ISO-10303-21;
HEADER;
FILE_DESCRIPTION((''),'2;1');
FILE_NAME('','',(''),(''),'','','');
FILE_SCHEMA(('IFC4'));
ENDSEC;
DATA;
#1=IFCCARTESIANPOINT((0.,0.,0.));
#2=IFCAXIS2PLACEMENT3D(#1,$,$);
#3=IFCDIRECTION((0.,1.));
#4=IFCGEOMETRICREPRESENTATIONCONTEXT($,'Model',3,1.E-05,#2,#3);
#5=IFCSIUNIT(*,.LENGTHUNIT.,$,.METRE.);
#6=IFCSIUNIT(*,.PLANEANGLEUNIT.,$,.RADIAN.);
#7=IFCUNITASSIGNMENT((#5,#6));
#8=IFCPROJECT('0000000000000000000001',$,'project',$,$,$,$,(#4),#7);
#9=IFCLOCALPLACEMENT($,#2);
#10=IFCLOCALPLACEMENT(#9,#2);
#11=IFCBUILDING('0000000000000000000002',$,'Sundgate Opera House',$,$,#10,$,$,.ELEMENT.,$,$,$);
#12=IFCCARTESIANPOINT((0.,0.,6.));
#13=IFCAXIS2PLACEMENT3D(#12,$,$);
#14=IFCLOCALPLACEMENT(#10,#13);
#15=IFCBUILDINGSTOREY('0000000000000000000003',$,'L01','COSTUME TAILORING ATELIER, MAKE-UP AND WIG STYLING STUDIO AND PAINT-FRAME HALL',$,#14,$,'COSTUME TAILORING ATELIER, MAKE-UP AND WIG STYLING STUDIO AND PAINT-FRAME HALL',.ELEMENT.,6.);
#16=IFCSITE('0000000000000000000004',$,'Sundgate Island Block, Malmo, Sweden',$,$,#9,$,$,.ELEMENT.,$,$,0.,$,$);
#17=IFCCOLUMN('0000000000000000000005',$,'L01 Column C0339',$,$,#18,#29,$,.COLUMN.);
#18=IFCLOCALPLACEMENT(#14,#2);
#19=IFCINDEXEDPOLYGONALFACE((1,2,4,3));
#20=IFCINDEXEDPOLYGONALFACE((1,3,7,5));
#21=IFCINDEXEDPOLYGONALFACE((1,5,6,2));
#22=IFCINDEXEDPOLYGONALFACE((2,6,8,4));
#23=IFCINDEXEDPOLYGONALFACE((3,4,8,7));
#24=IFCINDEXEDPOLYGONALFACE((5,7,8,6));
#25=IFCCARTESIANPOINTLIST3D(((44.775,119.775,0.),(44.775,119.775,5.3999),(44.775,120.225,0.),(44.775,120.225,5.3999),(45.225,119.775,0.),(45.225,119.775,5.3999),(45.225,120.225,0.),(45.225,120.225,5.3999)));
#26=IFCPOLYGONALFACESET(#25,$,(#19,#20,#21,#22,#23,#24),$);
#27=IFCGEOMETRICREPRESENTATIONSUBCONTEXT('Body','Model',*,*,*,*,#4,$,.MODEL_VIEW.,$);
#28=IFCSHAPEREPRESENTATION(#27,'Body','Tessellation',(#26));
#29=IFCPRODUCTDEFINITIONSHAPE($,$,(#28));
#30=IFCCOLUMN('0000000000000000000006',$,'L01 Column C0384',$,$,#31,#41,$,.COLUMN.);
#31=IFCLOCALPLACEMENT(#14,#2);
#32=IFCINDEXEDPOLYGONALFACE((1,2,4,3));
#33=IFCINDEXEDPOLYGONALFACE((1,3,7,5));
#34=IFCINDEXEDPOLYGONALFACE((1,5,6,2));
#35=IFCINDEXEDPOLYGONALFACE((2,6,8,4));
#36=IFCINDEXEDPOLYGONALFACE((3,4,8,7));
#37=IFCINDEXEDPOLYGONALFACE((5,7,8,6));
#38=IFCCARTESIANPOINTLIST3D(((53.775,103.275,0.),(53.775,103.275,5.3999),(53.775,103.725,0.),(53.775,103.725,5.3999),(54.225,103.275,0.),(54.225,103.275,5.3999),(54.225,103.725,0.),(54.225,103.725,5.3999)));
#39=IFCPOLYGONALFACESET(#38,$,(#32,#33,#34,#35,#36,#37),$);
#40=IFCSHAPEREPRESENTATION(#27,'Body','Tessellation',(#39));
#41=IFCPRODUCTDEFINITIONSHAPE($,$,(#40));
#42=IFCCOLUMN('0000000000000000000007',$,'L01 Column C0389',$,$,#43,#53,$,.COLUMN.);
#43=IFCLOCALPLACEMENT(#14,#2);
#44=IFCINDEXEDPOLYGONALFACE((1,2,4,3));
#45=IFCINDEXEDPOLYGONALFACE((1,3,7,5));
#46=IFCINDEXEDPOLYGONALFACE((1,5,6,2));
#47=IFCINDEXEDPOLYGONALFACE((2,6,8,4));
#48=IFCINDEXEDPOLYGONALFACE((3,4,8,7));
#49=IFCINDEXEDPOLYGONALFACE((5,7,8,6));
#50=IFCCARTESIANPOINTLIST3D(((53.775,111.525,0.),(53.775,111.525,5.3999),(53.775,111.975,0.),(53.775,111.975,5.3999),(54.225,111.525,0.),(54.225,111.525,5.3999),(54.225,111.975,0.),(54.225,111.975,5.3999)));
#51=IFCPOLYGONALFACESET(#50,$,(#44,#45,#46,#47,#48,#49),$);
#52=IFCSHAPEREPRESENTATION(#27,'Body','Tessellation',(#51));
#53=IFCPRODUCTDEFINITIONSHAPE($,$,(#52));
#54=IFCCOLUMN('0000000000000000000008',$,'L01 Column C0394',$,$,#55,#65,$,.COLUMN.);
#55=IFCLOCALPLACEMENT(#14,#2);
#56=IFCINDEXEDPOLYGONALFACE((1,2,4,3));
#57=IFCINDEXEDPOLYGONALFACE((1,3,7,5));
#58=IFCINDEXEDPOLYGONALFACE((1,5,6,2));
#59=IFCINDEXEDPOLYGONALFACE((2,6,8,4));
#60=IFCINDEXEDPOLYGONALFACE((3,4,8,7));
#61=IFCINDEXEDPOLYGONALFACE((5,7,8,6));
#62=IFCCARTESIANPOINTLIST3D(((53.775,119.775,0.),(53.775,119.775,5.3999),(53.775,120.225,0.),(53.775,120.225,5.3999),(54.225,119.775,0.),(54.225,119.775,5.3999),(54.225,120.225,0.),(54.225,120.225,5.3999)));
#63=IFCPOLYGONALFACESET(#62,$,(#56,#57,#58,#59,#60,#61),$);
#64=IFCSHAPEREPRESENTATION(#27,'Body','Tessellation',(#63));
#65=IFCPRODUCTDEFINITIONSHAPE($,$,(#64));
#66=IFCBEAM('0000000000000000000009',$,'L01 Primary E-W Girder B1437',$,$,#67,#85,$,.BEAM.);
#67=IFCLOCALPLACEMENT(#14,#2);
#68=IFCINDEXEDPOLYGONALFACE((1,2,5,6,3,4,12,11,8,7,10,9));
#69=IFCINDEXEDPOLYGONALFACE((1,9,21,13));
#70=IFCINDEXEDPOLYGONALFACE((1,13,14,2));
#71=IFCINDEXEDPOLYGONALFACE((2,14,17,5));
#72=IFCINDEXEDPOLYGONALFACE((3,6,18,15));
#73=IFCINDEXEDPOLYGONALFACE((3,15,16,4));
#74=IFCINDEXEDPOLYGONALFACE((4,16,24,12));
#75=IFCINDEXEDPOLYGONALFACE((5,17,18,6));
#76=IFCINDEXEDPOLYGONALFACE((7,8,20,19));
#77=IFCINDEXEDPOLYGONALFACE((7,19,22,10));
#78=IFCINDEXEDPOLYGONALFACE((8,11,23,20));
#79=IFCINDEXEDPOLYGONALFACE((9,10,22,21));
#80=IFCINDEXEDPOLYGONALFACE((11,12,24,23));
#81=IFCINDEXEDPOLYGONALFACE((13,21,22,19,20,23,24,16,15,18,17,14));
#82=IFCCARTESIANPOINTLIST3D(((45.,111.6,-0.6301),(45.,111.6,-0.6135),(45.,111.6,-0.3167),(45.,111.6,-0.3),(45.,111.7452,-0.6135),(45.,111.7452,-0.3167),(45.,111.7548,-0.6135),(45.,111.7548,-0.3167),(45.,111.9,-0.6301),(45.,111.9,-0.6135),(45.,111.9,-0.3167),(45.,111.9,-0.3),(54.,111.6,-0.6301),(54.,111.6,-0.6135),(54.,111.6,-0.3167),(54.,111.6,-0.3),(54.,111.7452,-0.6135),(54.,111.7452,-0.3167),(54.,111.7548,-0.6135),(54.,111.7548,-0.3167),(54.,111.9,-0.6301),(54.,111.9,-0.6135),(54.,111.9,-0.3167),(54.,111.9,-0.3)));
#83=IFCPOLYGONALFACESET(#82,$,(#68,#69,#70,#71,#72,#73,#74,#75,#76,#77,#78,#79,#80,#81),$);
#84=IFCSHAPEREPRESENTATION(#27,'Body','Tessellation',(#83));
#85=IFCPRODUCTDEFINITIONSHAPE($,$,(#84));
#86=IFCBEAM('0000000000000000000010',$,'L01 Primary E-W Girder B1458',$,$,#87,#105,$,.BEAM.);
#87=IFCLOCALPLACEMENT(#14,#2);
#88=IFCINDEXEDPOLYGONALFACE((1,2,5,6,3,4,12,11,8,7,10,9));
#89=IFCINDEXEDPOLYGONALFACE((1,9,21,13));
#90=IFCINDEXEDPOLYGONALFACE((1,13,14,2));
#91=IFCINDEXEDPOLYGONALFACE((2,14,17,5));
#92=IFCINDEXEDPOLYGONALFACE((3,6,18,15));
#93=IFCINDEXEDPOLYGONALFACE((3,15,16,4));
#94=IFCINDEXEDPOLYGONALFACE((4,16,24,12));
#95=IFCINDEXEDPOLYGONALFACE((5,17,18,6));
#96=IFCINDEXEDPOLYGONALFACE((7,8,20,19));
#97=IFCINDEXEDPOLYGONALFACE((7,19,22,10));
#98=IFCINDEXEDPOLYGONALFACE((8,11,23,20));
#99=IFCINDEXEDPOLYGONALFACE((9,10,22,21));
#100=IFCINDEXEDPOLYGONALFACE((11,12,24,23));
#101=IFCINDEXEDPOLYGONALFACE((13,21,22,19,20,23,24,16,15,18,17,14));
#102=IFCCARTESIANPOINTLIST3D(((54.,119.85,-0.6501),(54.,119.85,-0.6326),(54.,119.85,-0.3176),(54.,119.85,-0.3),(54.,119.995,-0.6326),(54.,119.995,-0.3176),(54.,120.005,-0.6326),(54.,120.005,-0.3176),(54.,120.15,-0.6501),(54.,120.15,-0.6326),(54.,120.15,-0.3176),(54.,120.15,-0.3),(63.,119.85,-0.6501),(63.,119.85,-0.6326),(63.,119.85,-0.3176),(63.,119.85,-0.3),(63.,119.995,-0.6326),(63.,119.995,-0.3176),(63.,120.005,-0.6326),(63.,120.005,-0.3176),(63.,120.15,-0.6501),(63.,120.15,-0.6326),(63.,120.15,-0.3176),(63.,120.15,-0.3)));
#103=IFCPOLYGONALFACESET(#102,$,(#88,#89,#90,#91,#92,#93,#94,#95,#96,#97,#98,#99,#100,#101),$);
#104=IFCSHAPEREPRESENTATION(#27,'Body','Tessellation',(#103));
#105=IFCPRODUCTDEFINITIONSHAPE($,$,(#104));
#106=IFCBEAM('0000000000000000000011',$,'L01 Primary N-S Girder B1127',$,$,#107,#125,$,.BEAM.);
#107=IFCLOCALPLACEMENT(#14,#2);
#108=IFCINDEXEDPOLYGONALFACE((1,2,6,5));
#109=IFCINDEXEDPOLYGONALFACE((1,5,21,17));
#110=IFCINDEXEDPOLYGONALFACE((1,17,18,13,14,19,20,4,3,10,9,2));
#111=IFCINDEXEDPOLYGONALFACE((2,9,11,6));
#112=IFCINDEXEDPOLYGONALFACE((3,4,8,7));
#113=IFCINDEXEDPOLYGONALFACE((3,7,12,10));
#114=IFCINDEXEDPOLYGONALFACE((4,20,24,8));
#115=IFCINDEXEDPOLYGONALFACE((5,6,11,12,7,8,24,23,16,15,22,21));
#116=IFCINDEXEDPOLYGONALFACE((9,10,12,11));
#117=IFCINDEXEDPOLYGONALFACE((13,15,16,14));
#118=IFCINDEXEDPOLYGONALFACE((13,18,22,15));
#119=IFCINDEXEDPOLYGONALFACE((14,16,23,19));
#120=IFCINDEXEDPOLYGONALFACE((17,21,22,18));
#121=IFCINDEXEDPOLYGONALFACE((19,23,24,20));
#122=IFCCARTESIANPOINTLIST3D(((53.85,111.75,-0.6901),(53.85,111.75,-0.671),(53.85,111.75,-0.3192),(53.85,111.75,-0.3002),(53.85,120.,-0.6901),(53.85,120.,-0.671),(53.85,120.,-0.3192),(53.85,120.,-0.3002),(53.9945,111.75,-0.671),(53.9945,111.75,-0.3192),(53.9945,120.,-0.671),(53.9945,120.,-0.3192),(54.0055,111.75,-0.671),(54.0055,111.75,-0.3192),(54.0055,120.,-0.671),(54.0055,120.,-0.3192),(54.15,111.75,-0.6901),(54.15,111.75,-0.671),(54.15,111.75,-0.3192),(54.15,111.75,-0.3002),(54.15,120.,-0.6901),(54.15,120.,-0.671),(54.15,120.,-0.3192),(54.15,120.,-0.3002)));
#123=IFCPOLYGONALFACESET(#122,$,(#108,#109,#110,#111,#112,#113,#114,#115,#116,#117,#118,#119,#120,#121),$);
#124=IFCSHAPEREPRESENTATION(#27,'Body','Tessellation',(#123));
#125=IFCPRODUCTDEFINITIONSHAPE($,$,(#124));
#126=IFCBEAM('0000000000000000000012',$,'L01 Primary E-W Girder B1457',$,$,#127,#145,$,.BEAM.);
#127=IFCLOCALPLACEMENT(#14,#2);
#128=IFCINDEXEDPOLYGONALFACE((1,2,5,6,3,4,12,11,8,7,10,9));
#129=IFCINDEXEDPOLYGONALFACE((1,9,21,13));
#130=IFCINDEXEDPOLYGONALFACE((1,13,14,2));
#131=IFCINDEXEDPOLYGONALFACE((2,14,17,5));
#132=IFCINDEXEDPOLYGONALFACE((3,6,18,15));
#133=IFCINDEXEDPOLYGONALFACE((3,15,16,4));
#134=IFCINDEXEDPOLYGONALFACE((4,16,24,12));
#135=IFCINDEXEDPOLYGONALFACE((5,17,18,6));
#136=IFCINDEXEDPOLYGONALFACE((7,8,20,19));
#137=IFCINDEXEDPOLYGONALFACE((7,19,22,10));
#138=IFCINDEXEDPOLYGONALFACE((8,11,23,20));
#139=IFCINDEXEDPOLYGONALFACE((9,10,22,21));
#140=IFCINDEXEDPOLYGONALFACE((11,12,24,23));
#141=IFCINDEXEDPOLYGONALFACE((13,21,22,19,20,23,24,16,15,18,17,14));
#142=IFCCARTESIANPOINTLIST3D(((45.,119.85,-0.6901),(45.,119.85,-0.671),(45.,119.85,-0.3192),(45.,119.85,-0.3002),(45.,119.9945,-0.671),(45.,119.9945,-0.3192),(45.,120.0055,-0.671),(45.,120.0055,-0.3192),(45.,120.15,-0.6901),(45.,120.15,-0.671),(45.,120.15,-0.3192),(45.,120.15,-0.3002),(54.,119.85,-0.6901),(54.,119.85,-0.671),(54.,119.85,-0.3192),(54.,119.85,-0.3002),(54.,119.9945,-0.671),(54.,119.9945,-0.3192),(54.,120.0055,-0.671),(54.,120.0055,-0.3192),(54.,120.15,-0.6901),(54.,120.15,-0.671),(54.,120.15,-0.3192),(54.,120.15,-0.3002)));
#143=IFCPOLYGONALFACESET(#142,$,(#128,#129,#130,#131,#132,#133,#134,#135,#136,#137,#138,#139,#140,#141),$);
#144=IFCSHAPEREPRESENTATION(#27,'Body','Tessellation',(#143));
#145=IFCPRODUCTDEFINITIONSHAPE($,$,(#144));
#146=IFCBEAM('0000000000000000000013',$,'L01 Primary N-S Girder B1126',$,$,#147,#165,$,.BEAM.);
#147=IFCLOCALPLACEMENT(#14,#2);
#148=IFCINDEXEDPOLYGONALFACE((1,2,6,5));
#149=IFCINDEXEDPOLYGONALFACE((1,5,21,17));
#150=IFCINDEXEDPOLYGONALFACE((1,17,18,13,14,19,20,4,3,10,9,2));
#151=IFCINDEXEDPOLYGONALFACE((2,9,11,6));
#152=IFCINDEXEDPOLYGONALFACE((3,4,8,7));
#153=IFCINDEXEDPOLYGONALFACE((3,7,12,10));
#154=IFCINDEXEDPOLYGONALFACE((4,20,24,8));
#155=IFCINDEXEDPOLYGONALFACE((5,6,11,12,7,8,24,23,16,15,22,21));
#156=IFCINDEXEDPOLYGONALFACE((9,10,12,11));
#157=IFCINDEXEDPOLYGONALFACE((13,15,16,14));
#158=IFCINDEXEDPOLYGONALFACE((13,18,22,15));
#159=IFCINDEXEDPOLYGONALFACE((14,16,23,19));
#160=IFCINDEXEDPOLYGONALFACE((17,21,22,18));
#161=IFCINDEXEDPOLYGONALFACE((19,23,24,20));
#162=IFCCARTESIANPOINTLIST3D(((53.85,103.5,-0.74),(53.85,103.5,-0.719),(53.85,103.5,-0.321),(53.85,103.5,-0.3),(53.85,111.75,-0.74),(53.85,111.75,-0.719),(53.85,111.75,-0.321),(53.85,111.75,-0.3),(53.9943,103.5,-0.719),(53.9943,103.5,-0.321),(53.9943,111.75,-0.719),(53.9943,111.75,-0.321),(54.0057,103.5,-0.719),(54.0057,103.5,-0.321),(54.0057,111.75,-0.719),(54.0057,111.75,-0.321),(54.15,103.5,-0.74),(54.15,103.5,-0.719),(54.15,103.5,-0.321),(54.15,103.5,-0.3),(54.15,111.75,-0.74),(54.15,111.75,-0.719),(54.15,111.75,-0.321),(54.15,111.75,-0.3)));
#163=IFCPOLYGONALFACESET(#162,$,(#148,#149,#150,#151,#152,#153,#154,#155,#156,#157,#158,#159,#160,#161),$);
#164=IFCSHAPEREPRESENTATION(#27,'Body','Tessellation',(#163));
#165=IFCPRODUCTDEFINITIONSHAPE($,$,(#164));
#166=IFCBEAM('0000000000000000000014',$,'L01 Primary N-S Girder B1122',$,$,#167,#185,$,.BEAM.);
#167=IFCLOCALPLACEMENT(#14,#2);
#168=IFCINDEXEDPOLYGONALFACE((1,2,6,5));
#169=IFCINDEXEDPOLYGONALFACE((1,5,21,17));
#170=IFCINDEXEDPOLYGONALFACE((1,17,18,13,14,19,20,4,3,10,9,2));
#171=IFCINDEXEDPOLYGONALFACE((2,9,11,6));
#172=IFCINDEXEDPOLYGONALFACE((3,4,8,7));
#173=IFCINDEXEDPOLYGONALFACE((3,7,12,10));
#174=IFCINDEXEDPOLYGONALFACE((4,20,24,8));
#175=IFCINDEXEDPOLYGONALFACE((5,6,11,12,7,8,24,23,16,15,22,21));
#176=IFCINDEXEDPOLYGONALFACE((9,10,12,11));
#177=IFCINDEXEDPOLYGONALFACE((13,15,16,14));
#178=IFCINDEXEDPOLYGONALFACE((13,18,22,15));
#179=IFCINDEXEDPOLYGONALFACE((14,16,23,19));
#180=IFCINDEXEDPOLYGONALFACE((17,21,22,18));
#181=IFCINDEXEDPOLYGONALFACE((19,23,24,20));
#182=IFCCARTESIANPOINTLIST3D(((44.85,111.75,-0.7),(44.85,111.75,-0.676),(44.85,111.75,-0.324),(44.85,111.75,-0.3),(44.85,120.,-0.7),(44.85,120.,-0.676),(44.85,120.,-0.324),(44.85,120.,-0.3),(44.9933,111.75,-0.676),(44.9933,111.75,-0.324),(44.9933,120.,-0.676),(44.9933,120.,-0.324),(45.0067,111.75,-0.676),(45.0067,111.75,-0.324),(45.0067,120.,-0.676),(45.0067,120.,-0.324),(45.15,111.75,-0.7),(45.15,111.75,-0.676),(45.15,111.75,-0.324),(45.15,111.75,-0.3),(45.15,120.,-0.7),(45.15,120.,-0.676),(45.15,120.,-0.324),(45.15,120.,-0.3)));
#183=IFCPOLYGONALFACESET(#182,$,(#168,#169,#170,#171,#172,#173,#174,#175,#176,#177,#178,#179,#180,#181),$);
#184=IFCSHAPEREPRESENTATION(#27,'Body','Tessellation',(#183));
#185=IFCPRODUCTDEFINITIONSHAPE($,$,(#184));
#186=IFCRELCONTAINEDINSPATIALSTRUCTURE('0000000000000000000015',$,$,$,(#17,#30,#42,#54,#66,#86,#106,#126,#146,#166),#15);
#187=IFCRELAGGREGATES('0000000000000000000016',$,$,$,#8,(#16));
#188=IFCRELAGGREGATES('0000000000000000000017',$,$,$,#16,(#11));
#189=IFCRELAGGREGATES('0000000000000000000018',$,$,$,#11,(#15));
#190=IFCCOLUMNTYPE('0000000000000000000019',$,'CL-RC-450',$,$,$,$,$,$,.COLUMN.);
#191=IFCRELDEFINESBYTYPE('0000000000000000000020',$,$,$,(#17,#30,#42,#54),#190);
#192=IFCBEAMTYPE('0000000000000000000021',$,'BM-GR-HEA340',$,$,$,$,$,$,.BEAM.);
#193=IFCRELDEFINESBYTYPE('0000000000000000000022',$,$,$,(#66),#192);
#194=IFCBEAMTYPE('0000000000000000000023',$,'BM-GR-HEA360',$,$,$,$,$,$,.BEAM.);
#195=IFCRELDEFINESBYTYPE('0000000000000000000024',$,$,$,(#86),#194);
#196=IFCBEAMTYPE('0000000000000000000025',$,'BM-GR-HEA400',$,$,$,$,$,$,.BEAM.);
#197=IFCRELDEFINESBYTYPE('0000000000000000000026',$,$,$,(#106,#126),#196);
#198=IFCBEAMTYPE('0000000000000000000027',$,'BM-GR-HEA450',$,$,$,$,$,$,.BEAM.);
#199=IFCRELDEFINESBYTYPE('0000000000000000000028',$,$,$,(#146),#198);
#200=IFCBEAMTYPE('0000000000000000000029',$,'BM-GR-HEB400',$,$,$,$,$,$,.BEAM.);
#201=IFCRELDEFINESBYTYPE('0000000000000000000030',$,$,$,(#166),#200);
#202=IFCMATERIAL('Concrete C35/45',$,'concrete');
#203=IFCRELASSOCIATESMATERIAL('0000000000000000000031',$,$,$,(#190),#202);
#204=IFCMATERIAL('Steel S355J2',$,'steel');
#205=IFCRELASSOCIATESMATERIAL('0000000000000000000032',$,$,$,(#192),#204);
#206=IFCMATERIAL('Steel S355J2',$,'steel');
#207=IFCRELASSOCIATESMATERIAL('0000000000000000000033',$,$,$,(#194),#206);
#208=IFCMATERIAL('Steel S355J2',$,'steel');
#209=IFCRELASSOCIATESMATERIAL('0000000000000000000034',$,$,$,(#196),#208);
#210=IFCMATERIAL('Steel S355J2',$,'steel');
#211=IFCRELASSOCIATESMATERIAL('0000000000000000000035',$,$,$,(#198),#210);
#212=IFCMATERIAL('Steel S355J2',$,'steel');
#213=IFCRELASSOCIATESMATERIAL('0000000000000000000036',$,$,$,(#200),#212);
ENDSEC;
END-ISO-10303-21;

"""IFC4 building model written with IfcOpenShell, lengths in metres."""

from ifc_helpers import new_model, si_unit, direction, frame, origin, origin_2d, place, context, subcontext, project, spatial, rectangle, i_section, extrude, material, material_profile, profile_set, type_object, element, save


model = new_model("IFC4")

# Units and contexts
model_context = context("Model", 3, precision=1e-05, world=origin(), true_north=direction((0.0, 1.0)))
body_context = subcontext(model_context, "Body", "Model", "MODEL_VIEW")
ifc_project = project(units=[si_unit("LENGTHUNIT", "METRE"), si_unit("PLANEANGLEUNIT", "RADIAN")], contexts=[model_context])

# Site, building, storey
site_placement = place(None, origin())
site = spatial("IfcSite", under=ifc_project, at=site_placement, Name="Sundgate Island Block, Malmo, Sweden", CompositionType="ELEMENT", RefElevation=0.0)
building_placement = place(site_placement, origin())
building = spatial("IfcBuilding", under=site, at=building_placement, Name="Sundgate Opera House", CompositionType="ELEMENT")
storey_placement = place(building_placement, frame((0.0, 0.0, 6.0)))
storey = spatial("IfcBuildingStorey", under=building, at=storey_placement, Name="L01", Description="COSTUME TAILORING ATELIER, MAKE-UP AND WIG STYLING STUDIO AND PAINT-FRAME HALL", LongName="COSTUME TAILORING ATELIER, MAKE-UP AND WIG STYLING STUDIO AND PAINT-FRAME HALL", CompositionType="ELEMENT", Elevation=6.0)

# Columns
ifc_material_1 = material(Name="Concrete C35/45", Category="concrete")
ifc_material_profile_1 = material_profile(ifc_material_1, rectangle(XDim=0.45, YDim=0.45, at=origin_2d()), Name="RC 450x450")
ifc_profile_set_1 = profile_set([ifc_material_profile_1], Name="Concrete C35/45")
column_type = type_object("IfcColumnType", Name="CL-RC-450", PredefinedType="COLUMN", material=ifc_profile_set_1)
for number, where, z_axis, x_axis, name in (
    (1, (45.0, 120.0, 0.0), (0.0, 0.0, 1.0), (1.0, 0.0, 0.0), "L01 Column C0339"),
    (2, (54.0, 103.5, 0.0), (0.0, 0.0, 1.0), (1.0, 0.0, 0.0), "L01 Column C0384"),
    (3, (54.0, 111.75, 0.0), (0.0, 0.0, 1.0), (1.0, 0.0, 0.0), "L01 Column C0389"),
    (4, (54.0, 120.0, 0.0), (0.0, 0.0, 1.0), (1.0, 0.0, 0.0), "L01 Column C0394"),
):
    element("IfcColumn", number, at=place(storey_placement, frame(where, z_axis=z_axis, x_axis=x_axis)), inside=storey, type_object=column_type, Name=name, PredefinedType="COLUMN", context=body_context, shape_type="SweptSolid", body=[
        extrude(rectangle(XDim=0.45, YDim=0.45, at=origin_2d()), origin(), (0.0, 0.0, 1.0), 5.3999),
    ])

# Beams
ifc_material_2 = material(Name="Steel S355J2", Category="steel")
ifc_material_profile_2 = material_profile(ifc_material_2, i_section(OverallWidth=0.3, OverallDepth=0.3301, WebThickness=0.0095, FlangeThickness=0.0166, at=origin_2d()), Name="HEA 340")
ifc_profile_set_2 = profile_set([ifc_material_profile_2], Name="Steel S355J2")
beam_type_1 = type_object("IfcBeamType", Name="BM-GR-HEA340", PredefinedType="BEAM", material=ifc_profile_set_2)
beam_1_placement = place(storey_placement, frame((45.0, 111.75, -0.4651), z_axis=(1.0, 0.0, 0.0), x_axis=(0.0, 1.0, 0.0)))
element("IfcBeam", 5, at=beam_1_placement, inside=storey, type_object=beam_type_1, Name="L01 Primary E-W Girder B1437", PredefinedType="BEAM", context=body_context, shape_type="SweptSolid", body=[
    extrude(i_section(OverallWidth=0.3, OverallDepth=0.3301, WebThickness=0.0095, FlangeThickness=0.0166, at=origin_2d()), origin(), (0.0, 0.0, 1.0), 9.0),
])
ifc_material_3 = material(Name="Steel S355J2", Category="steel")
ifc_material_profile_3 = material_profile(ifc_material_3, i_section(OverallWidth=0.3, OverallDepth=0.3501, WebThickness=0.01, FlangeThickness=0.0176, at=origin_2d()), Name="HEA 360")
ifc_profile_set_3 = profile_set([ifc_material_profile_3], Name="Steel S355J2")
beam_type_2 = type_object("IfcBeamType", Name="BM-GR-HEA360", PredefinedType="BEAM", material=ifc_profile_set_3)
beam_2_placement = place(storey_placement, frame((54.0, 120.0, -0.4751), z_axis=(1.0, 0.0, 0.0), x_axis=(0.0, 1.0, 0.0)))
element("IfcBeam", 6, at=beam_2_placement, inside=storey, type_object=beam_type_2, Name="L01 Primary E-W Girder B1458", PredefinedType="BEAM", context=body_context, shape_type="SweptSolid", body=[
    extrude(i_section(OverallWidth=0.3, OverallDepth=0.3501, WebThickness=0.01, FlangeThickness=0.0176, at=origin_2d()), origin(), (0.0, 0.0, 1.0), 9.0),
])
ifc_material_4 = material(Name="Steel S355J2", Category="steel")
ifc_material_profile_4 = material_profile(ifc_material_4, i_section(OverallWidth=0.3, OverallDepth=0.3899, WebThickness=0.011, FlangeThickness=0.019, at=origin_2d()), Name="HEA 400")
ifc_profile_set_4 = profile_set([ifc_material_profile_4], Name="Steel S355J2")
beam_type_3 = type_object("IfcBeamType", Name="BM-GR-HEA400", PredefinedType="BEAM", material=ifc_profile_set_4)
beam_3_placement = place(storey_placement, frame((54.0, 111.75, -0.4951), z_axis=(0.0, 1.0, 0.0), x_axis=(-1.0, 0.0, 0.0)))
element("IfcBeam", 7, at=beam_3_placement, inside=storey, type_object=beam_type_3, Name="L01 Primary N-S Girder B1127", PredefinedType="BEAM", context=body_context, shape_type="SweptSolid", body=[
    extrude(i_section(OverallWidth=0.3, OverallDepth=0.3899, WebThickness=0.011, FlangeThickness=0.019, at=origin_2d()), origin(), (0.0, 0.0, 1.0), 8.25),
])
beam_4_placement = place(storey_placement, frame((45.0, 120.0, -0.4951), z_axis=(1.0, 0.0, 0.0), x_axis=(0.0, 1.0, 0.0)))
element("IfcBeam", 8, at=beam_4_placement, inside=storey, type_object=beam_type_3, Name="L01 Primary E-W Girder B1457", PredefinedType="BEAM", context=body_context, shape_type="SweptSolid", body=[
    extrude(i_section(OverallWidth=0.3, OverallDepth=0.3899, WebThickness=0.011, FlangeThickness=0.019, at=origin_2d()), origin(), (0.0, 0.0, 1.0), 9.0),
])
ifc_material_5 = material(Name="Steel S355J2", Category="steel")
ifc_material_profile_5 = material_profile(ifc_material_5, i_section(OverallWidth=0.3, OverallDepth=0.4399, WebThickness=0.0115, FlangeThickness=0.021, at=origin_2d()), Name="HEA 450")
ifc_profile_set_5 = profile_set([ifc_material_profile_5], Name="Steel S355J2")
beam_type_4 = type_object("IfcBeamType", Name="BM-GR-HEA450", PredefinedType="BEAM", material=ifc_profile_set_5)
beam_5_placement = place(storey_placement, frame((54.0, 103.5, -0.52), z_axis=(0.0, 1.0, 0.0), x_axis=(-1.0, 0.0, 0.0)))
element("IfcBeam", 9, at=beam_5_placement, inside=storey, type_object=beam_type_4, Name="L01 Primary N-S Girder B1126", PredefinedType="BEAM", context=body_context, shape_type="SweptSolid", body=[
    extrude(i_section(OverallWidth=0.3, OverallDepth=0.4399, WebThickness=0.0115, FlangeThickness=0.021, at=origin_2d()), origin(), (0.0, 0.0, 1.0), 8.25),
])
ifc_material_6 = material(Name="Steel S355J2", Category="steel")
ifc_material_profile_6 = material_profile(ifc_material_6, i_section(OverallWidth=0.3, OverallDepth=0.3999, WebThickness=0.0134, FlangeThickness=0.0239, at=origin_2d()), Name="HEB 400")
ifc_profile_set_6 = profile_set([ifc_material_profile_6], Name="Steel S355J2")
beam_type_5 = type_object("IfcBeamType", Name="BM-GR-HEB400", PredefinedType="BEAM", material=ifc_profile_set_6)
beam_6_placement = place(storey_placement, frame((45.0, 111.75, -0.5), z_axis=(0.0, 1.0, 0.0), x_axis=(-1.0, 0.0, 0.0)))
element("IfcBeam", 10, at=beam_6_placement, inside=storey, type_object=beam_type_5, Name="L01 Primary N-S Girder B1122", PredefinedType="BEAM", context=body_context, shape_type="SweptSolid", body=[
    extrude(i_section(OverallWidth=0.3, OverallDepth=0.3999, WebThickness=0.0134, FlangeThickness=0.0239, at=origin_2d()), origin(), (0.0, 0.0, 1.0), 8.25),
])

save(model, "model.ifc")
